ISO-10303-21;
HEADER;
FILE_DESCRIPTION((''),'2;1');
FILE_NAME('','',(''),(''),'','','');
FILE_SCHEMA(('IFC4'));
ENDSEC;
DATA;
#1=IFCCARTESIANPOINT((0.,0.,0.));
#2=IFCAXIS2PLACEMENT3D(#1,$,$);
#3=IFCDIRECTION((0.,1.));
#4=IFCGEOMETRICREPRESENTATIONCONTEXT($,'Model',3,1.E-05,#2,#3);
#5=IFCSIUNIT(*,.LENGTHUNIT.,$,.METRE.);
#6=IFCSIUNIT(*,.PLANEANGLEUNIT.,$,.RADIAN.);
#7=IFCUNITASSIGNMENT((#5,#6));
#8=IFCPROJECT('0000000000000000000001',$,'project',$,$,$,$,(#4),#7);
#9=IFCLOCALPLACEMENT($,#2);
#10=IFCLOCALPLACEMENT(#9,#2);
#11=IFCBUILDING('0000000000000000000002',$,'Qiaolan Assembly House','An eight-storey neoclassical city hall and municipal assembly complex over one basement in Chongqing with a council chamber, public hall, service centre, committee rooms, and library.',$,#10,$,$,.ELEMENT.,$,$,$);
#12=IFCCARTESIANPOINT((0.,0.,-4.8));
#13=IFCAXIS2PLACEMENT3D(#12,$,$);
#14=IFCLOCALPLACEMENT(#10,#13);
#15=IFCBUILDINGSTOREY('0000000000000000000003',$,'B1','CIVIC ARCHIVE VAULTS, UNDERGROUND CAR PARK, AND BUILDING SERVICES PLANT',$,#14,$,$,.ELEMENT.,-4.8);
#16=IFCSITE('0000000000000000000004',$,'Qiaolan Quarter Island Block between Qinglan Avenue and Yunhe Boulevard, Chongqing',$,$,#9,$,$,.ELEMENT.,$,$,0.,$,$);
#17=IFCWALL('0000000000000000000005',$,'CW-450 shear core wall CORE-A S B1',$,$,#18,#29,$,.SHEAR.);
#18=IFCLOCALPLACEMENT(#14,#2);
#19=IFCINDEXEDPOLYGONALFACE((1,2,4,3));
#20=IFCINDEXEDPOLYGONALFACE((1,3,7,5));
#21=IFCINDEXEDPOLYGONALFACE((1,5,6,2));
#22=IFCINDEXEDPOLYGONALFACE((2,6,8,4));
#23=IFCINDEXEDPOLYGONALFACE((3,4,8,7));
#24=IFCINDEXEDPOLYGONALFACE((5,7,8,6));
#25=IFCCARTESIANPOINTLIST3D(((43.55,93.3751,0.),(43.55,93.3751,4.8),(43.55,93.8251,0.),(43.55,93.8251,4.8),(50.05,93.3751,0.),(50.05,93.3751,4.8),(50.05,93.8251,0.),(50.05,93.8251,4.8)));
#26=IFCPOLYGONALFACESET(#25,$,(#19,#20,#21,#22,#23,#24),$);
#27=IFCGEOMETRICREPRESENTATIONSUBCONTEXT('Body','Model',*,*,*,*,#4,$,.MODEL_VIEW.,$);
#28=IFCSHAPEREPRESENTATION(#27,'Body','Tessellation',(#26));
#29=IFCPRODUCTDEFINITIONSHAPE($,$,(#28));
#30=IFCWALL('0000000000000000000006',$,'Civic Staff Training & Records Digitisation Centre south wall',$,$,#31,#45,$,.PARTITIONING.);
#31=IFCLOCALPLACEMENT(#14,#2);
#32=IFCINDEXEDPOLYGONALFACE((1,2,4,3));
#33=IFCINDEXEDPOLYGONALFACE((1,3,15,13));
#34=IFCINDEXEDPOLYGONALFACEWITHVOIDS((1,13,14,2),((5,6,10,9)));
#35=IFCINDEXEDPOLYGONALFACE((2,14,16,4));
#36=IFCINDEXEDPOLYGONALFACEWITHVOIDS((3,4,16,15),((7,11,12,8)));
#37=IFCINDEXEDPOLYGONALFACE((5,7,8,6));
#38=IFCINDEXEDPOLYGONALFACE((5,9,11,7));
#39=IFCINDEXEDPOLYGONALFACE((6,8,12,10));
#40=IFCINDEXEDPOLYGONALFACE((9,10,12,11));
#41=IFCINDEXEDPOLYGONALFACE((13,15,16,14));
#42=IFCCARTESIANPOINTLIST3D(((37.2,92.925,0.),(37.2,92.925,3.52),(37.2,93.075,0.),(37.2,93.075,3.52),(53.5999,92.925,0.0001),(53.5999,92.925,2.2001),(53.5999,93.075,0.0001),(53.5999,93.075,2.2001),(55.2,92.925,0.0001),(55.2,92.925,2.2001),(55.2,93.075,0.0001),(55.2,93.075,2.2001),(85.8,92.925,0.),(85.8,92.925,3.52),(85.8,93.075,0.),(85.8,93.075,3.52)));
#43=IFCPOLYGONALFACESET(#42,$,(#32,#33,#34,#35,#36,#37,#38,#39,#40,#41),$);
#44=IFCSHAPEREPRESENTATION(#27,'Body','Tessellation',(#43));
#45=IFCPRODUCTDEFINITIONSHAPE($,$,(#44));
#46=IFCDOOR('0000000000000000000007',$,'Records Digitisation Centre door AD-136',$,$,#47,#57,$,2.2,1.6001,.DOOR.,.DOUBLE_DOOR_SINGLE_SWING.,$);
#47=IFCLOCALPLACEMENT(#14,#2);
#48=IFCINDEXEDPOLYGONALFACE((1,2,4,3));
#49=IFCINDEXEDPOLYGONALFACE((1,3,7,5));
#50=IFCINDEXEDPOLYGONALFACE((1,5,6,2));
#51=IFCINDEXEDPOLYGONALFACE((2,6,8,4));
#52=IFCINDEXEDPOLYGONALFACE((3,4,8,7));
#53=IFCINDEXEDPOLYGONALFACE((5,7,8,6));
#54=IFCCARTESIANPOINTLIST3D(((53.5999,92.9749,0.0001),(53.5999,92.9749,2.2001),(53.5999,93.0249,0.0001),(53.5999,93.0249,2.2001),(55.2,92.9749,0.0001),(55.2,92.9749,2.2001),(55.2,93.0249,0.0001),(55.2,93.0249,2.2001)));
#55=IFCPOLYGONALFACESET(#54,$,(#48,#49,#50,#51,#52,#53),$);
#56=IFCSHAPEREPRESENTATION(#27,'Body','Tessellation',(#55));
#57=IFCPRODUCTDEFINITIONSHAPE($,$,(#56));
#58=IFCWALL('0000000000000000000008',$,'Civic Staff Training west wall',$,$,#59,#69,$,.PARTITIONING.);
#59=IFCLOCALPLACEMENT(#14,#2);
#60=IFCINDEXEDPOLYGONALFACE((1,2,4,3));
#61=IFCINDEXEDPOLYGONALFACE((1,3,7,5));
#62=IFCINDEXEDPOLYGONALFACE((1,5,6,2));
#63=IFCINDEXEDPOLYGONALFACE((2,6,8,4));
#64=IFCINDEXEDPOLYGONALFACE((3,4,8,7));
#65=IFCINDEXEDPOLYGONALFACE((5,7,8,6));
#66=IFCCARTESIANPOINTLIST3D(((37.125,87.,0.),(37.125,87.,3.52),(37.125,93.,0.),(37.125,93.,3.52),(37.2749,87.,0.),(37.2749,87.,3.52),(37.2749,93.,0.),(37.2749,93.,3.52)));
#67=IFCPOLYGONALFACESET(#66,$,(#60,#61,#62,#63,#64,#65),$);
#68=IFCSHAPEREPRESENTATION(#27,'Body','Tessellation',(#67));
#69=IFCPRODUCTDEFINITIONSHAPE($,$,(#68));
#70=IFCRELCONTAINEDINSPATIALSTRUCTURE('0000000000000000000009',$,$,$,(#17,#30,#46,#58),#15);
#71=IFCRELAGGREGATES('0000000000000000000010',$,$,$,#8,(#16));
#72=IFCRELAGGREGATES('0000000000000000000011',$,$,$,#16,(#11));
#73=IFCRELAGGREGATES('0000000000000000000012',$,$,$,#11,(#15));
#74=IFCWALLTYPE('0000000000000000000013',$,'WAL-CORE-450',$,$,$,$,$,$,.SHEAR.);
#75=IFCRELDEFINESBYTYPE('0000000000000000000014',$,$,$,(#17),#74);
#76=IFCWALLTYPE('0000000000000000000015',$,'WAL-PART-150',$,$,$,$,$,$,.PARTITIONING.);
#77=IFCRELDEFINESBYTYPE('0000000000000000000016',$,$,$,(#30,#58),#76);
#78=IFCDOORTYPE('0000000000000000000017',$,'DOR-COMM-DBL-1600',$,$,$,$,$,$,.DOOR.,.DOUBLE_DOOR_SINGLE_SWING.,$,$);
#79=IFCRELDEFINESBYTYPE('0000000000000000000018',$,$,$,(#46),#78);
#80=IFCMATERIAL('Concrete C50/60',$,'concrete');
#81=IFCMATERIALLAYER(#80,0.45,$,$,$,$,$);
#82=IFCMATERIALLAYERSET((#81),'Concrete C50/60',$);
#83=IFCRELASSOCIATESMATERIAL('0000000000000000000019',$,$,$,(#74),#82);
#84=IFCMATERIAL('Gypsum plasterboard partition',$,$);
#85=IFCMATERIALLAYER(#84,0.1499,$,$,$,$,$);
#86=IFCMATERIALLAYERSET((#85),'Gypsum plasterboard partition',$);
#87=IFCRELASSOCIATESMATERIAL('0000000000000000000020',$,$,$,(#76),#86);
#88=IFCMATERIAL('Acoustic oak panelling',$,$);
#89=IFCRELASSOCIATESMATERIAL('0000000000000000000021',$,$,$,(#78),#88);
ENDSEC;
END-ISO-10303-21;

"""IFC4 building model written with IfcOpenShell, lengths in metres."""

from ifc_helpers import new_model, si_unit, direction, frame, frame_2d, origin, place, context, subcontext, project, spatial, rectangle, extrude, material, layer, layer_set, type_object, element, fill, save


model = new_model("IFC4")

# Units and contexts
model_context = context("Model", 3, precision=1e-05, world=origin(), true_north=direction((0.0, 1.0)))
body_context = subcontext(model_context, "Body", "Model", "MODEL_VIEW")
ifc_project = project(units=[si_unit("LENGTHUNIT", "METRE"), si_unit("PLANEANGLEUNIT", "RADIAN")], contexts=[model_context])

# Site, building, storey
site_placement = place(None, origin())
site = spatial("IfcSite", under=ifc_project, at=site_placement, Name="Qiaolan Quarter Island Block between Qinglan Avenue and Yunhe Boulevard, Chongqing", CompositionType="ELEMENT", RefElevation=0.0)
building_placement = place(site_placement, origin())
building = spatial("IfcBuilding", under=site, at=building_placement, Name="Qiaolan Assembly House", Description="An eight-storey neoclassical city hall and municipal assembly complex over one basement in Chongqing with a council chamber, public hall, service centre, committee rooms, and library.", CompositionType="ELEMENT")
storey_placement = place(building_placement, frame((0.0, 0.0, -4.8)))
storey = spatial("IfcBuildingStorey", under=building, at=storey_placement, Name="B1", Description="CIVIC ARCHIVE VAULTS, UNDERGROUND CAR PARK, AND BUILDING SERVICES PLANT", CompositionType="ELEMENT", Elevation=-4.8)

# Shared definitions
ifc_material_1 = material(Name="Concrete C50/60", Category="concrete")

# Wall
ifc_layer_1 = layer(ifc_material_1, 0.45)
ifc_layer_set_1 = layer_set([ifc_layer_1], Name="Concrete C50/60")
wall_type_1 = type_object("IfcWallType", Name="WAL-CORE-450", PredefinedType="SHEAR", material=ifc_layer_set_1)
wall_1_placement = place(storey_placement, frame((43.55, 93.6001, 0.0), z_axis=(0.0, 0.0, 1.0), x_axis=(1.0, 0.0, 0.0)))
element("IfcWall", 1, at=wall_1_placement, inside=storey, type_object=wall_type_1, Name="CW-450 shear core wall CORE-A S B1", PredefinedType="SHEAR", context=body_context, shape_type="SweptSolid", body=[
    extrude(rectangle(XDim=6.5, YDim=0.45, at=frame_2d((3.25, 0.0))), origin(), (0.0, 0.0, 1.0), 4.8),
])

# Wall, opening, door
ifc_material_2 = material(Name="Gypsum plasterboard partition")
ifc_layer_2 = layer(ifc_material_2, 0.1499)
ifc_layer_set_2 = layer_set([ifc_layer_2], Name="Gypsum plasterboard partition")
wall_type_2 = type_object("IfcWallType", Name="WAL-PART-150", PredefinedType="PARTITIONING", material=ifc_layer_set_2)
wall_2_placement = place(storey_placement, frame((37.2, 93.0, 0.0), z_axis=(0.0, 0.0, 1.0), x_axis=(1.0, 0.0, 0.0)))
wall_2 = element("IfcWall", 2, at=wall_2_placement, inside=storey, type_object=wall_type_2, Name="Civic Staff Training & Records Digitisation Centre south wall", PredefinedType="PARTITIONING", context=body_context, shape_type="SweptSolid", body=[
    extrude(rectangle(XDim=48.6001, YDim=0.1499, at=frame_2d((24.3, 0.0))), origin(), (0.0, 0.0, 1.0), 3.52),
])
opening_placement = place(wall_2_placement, frame((16.3999, 0.0, 0.0)))
opening = element("IfcOpeningElement", 3, at=opening_placement, cuts=wall_2, PredefinedType="OPENING", context=body_context, shape_type="SweptSolid", body=[
    extrude(rectangle(XDim=1.6001, YDim=2.2, at=frame_2d((0.8, 1.1001))), frame((0.0, 0.085, 0.0), z_axis=(0.0, -1.0, 0.0), x_axis=(1.0, 0.0, 0.0)), (0.0, 0.0, 1.0), 0.1699),
])
ifc_material_3 = material(Name="Acoustic oak panelling")
door_type = type_object("IfcDoorType", Name="DOR-COMM-DBL-1600", OperationType="DOUBLE_DOOR_SINGLE_SWING", PredefinedType="DOOR", material=ifc_material_3)
door_placement = place(opening_placement, origin())
door = element("IfcDoor", 4, at=door_placement, inside=storey, type_object=door_type, Name="Records Digitisation Centre door AD-136", OperationType="DOUBLE_DOOR_SINGLE_SWING", OverallHeight=2.2, OverallWidth=1.6001, PredefinedType="DOOR", context=body_context, shape_type="SweptSolid", body=[
    extrude(rectangle(XDim=1.6001, YDim=2.2, at=frame_2d((0.8, 1.1001))), frame((0.0, 0.0249, 0.0), z_axis=(0.0, -1.0, 0.0), x_axis=(1.0, 0.0, 0.0)), (0.0, 0.0, 1.0), 0.05),
])
fill(opening, door)

# Wall
wall_3_placement = place(storey_placement, frame((37.2, 93.0, 0.0), z_axis=(0.0, 0.0, 1.0), x_axis=(0.0, -1.0, 0.0)))
element("IfcWall", 5, at=wall_3_placement, inside=storey, type_object=wall_type_2, Name="Civic Staff Training west wall", PredefinedType="PARTITIONING", context=body_context, shape_type="SweptSolid", body=[
    extrude(rectangle(XDim=6.0, YDim=0.1499, at=frame_2d((3.0, 0.0))), origin(), (0.0, 0.0, 1.0), 3.52),
])

save(model, "model.ifc")
